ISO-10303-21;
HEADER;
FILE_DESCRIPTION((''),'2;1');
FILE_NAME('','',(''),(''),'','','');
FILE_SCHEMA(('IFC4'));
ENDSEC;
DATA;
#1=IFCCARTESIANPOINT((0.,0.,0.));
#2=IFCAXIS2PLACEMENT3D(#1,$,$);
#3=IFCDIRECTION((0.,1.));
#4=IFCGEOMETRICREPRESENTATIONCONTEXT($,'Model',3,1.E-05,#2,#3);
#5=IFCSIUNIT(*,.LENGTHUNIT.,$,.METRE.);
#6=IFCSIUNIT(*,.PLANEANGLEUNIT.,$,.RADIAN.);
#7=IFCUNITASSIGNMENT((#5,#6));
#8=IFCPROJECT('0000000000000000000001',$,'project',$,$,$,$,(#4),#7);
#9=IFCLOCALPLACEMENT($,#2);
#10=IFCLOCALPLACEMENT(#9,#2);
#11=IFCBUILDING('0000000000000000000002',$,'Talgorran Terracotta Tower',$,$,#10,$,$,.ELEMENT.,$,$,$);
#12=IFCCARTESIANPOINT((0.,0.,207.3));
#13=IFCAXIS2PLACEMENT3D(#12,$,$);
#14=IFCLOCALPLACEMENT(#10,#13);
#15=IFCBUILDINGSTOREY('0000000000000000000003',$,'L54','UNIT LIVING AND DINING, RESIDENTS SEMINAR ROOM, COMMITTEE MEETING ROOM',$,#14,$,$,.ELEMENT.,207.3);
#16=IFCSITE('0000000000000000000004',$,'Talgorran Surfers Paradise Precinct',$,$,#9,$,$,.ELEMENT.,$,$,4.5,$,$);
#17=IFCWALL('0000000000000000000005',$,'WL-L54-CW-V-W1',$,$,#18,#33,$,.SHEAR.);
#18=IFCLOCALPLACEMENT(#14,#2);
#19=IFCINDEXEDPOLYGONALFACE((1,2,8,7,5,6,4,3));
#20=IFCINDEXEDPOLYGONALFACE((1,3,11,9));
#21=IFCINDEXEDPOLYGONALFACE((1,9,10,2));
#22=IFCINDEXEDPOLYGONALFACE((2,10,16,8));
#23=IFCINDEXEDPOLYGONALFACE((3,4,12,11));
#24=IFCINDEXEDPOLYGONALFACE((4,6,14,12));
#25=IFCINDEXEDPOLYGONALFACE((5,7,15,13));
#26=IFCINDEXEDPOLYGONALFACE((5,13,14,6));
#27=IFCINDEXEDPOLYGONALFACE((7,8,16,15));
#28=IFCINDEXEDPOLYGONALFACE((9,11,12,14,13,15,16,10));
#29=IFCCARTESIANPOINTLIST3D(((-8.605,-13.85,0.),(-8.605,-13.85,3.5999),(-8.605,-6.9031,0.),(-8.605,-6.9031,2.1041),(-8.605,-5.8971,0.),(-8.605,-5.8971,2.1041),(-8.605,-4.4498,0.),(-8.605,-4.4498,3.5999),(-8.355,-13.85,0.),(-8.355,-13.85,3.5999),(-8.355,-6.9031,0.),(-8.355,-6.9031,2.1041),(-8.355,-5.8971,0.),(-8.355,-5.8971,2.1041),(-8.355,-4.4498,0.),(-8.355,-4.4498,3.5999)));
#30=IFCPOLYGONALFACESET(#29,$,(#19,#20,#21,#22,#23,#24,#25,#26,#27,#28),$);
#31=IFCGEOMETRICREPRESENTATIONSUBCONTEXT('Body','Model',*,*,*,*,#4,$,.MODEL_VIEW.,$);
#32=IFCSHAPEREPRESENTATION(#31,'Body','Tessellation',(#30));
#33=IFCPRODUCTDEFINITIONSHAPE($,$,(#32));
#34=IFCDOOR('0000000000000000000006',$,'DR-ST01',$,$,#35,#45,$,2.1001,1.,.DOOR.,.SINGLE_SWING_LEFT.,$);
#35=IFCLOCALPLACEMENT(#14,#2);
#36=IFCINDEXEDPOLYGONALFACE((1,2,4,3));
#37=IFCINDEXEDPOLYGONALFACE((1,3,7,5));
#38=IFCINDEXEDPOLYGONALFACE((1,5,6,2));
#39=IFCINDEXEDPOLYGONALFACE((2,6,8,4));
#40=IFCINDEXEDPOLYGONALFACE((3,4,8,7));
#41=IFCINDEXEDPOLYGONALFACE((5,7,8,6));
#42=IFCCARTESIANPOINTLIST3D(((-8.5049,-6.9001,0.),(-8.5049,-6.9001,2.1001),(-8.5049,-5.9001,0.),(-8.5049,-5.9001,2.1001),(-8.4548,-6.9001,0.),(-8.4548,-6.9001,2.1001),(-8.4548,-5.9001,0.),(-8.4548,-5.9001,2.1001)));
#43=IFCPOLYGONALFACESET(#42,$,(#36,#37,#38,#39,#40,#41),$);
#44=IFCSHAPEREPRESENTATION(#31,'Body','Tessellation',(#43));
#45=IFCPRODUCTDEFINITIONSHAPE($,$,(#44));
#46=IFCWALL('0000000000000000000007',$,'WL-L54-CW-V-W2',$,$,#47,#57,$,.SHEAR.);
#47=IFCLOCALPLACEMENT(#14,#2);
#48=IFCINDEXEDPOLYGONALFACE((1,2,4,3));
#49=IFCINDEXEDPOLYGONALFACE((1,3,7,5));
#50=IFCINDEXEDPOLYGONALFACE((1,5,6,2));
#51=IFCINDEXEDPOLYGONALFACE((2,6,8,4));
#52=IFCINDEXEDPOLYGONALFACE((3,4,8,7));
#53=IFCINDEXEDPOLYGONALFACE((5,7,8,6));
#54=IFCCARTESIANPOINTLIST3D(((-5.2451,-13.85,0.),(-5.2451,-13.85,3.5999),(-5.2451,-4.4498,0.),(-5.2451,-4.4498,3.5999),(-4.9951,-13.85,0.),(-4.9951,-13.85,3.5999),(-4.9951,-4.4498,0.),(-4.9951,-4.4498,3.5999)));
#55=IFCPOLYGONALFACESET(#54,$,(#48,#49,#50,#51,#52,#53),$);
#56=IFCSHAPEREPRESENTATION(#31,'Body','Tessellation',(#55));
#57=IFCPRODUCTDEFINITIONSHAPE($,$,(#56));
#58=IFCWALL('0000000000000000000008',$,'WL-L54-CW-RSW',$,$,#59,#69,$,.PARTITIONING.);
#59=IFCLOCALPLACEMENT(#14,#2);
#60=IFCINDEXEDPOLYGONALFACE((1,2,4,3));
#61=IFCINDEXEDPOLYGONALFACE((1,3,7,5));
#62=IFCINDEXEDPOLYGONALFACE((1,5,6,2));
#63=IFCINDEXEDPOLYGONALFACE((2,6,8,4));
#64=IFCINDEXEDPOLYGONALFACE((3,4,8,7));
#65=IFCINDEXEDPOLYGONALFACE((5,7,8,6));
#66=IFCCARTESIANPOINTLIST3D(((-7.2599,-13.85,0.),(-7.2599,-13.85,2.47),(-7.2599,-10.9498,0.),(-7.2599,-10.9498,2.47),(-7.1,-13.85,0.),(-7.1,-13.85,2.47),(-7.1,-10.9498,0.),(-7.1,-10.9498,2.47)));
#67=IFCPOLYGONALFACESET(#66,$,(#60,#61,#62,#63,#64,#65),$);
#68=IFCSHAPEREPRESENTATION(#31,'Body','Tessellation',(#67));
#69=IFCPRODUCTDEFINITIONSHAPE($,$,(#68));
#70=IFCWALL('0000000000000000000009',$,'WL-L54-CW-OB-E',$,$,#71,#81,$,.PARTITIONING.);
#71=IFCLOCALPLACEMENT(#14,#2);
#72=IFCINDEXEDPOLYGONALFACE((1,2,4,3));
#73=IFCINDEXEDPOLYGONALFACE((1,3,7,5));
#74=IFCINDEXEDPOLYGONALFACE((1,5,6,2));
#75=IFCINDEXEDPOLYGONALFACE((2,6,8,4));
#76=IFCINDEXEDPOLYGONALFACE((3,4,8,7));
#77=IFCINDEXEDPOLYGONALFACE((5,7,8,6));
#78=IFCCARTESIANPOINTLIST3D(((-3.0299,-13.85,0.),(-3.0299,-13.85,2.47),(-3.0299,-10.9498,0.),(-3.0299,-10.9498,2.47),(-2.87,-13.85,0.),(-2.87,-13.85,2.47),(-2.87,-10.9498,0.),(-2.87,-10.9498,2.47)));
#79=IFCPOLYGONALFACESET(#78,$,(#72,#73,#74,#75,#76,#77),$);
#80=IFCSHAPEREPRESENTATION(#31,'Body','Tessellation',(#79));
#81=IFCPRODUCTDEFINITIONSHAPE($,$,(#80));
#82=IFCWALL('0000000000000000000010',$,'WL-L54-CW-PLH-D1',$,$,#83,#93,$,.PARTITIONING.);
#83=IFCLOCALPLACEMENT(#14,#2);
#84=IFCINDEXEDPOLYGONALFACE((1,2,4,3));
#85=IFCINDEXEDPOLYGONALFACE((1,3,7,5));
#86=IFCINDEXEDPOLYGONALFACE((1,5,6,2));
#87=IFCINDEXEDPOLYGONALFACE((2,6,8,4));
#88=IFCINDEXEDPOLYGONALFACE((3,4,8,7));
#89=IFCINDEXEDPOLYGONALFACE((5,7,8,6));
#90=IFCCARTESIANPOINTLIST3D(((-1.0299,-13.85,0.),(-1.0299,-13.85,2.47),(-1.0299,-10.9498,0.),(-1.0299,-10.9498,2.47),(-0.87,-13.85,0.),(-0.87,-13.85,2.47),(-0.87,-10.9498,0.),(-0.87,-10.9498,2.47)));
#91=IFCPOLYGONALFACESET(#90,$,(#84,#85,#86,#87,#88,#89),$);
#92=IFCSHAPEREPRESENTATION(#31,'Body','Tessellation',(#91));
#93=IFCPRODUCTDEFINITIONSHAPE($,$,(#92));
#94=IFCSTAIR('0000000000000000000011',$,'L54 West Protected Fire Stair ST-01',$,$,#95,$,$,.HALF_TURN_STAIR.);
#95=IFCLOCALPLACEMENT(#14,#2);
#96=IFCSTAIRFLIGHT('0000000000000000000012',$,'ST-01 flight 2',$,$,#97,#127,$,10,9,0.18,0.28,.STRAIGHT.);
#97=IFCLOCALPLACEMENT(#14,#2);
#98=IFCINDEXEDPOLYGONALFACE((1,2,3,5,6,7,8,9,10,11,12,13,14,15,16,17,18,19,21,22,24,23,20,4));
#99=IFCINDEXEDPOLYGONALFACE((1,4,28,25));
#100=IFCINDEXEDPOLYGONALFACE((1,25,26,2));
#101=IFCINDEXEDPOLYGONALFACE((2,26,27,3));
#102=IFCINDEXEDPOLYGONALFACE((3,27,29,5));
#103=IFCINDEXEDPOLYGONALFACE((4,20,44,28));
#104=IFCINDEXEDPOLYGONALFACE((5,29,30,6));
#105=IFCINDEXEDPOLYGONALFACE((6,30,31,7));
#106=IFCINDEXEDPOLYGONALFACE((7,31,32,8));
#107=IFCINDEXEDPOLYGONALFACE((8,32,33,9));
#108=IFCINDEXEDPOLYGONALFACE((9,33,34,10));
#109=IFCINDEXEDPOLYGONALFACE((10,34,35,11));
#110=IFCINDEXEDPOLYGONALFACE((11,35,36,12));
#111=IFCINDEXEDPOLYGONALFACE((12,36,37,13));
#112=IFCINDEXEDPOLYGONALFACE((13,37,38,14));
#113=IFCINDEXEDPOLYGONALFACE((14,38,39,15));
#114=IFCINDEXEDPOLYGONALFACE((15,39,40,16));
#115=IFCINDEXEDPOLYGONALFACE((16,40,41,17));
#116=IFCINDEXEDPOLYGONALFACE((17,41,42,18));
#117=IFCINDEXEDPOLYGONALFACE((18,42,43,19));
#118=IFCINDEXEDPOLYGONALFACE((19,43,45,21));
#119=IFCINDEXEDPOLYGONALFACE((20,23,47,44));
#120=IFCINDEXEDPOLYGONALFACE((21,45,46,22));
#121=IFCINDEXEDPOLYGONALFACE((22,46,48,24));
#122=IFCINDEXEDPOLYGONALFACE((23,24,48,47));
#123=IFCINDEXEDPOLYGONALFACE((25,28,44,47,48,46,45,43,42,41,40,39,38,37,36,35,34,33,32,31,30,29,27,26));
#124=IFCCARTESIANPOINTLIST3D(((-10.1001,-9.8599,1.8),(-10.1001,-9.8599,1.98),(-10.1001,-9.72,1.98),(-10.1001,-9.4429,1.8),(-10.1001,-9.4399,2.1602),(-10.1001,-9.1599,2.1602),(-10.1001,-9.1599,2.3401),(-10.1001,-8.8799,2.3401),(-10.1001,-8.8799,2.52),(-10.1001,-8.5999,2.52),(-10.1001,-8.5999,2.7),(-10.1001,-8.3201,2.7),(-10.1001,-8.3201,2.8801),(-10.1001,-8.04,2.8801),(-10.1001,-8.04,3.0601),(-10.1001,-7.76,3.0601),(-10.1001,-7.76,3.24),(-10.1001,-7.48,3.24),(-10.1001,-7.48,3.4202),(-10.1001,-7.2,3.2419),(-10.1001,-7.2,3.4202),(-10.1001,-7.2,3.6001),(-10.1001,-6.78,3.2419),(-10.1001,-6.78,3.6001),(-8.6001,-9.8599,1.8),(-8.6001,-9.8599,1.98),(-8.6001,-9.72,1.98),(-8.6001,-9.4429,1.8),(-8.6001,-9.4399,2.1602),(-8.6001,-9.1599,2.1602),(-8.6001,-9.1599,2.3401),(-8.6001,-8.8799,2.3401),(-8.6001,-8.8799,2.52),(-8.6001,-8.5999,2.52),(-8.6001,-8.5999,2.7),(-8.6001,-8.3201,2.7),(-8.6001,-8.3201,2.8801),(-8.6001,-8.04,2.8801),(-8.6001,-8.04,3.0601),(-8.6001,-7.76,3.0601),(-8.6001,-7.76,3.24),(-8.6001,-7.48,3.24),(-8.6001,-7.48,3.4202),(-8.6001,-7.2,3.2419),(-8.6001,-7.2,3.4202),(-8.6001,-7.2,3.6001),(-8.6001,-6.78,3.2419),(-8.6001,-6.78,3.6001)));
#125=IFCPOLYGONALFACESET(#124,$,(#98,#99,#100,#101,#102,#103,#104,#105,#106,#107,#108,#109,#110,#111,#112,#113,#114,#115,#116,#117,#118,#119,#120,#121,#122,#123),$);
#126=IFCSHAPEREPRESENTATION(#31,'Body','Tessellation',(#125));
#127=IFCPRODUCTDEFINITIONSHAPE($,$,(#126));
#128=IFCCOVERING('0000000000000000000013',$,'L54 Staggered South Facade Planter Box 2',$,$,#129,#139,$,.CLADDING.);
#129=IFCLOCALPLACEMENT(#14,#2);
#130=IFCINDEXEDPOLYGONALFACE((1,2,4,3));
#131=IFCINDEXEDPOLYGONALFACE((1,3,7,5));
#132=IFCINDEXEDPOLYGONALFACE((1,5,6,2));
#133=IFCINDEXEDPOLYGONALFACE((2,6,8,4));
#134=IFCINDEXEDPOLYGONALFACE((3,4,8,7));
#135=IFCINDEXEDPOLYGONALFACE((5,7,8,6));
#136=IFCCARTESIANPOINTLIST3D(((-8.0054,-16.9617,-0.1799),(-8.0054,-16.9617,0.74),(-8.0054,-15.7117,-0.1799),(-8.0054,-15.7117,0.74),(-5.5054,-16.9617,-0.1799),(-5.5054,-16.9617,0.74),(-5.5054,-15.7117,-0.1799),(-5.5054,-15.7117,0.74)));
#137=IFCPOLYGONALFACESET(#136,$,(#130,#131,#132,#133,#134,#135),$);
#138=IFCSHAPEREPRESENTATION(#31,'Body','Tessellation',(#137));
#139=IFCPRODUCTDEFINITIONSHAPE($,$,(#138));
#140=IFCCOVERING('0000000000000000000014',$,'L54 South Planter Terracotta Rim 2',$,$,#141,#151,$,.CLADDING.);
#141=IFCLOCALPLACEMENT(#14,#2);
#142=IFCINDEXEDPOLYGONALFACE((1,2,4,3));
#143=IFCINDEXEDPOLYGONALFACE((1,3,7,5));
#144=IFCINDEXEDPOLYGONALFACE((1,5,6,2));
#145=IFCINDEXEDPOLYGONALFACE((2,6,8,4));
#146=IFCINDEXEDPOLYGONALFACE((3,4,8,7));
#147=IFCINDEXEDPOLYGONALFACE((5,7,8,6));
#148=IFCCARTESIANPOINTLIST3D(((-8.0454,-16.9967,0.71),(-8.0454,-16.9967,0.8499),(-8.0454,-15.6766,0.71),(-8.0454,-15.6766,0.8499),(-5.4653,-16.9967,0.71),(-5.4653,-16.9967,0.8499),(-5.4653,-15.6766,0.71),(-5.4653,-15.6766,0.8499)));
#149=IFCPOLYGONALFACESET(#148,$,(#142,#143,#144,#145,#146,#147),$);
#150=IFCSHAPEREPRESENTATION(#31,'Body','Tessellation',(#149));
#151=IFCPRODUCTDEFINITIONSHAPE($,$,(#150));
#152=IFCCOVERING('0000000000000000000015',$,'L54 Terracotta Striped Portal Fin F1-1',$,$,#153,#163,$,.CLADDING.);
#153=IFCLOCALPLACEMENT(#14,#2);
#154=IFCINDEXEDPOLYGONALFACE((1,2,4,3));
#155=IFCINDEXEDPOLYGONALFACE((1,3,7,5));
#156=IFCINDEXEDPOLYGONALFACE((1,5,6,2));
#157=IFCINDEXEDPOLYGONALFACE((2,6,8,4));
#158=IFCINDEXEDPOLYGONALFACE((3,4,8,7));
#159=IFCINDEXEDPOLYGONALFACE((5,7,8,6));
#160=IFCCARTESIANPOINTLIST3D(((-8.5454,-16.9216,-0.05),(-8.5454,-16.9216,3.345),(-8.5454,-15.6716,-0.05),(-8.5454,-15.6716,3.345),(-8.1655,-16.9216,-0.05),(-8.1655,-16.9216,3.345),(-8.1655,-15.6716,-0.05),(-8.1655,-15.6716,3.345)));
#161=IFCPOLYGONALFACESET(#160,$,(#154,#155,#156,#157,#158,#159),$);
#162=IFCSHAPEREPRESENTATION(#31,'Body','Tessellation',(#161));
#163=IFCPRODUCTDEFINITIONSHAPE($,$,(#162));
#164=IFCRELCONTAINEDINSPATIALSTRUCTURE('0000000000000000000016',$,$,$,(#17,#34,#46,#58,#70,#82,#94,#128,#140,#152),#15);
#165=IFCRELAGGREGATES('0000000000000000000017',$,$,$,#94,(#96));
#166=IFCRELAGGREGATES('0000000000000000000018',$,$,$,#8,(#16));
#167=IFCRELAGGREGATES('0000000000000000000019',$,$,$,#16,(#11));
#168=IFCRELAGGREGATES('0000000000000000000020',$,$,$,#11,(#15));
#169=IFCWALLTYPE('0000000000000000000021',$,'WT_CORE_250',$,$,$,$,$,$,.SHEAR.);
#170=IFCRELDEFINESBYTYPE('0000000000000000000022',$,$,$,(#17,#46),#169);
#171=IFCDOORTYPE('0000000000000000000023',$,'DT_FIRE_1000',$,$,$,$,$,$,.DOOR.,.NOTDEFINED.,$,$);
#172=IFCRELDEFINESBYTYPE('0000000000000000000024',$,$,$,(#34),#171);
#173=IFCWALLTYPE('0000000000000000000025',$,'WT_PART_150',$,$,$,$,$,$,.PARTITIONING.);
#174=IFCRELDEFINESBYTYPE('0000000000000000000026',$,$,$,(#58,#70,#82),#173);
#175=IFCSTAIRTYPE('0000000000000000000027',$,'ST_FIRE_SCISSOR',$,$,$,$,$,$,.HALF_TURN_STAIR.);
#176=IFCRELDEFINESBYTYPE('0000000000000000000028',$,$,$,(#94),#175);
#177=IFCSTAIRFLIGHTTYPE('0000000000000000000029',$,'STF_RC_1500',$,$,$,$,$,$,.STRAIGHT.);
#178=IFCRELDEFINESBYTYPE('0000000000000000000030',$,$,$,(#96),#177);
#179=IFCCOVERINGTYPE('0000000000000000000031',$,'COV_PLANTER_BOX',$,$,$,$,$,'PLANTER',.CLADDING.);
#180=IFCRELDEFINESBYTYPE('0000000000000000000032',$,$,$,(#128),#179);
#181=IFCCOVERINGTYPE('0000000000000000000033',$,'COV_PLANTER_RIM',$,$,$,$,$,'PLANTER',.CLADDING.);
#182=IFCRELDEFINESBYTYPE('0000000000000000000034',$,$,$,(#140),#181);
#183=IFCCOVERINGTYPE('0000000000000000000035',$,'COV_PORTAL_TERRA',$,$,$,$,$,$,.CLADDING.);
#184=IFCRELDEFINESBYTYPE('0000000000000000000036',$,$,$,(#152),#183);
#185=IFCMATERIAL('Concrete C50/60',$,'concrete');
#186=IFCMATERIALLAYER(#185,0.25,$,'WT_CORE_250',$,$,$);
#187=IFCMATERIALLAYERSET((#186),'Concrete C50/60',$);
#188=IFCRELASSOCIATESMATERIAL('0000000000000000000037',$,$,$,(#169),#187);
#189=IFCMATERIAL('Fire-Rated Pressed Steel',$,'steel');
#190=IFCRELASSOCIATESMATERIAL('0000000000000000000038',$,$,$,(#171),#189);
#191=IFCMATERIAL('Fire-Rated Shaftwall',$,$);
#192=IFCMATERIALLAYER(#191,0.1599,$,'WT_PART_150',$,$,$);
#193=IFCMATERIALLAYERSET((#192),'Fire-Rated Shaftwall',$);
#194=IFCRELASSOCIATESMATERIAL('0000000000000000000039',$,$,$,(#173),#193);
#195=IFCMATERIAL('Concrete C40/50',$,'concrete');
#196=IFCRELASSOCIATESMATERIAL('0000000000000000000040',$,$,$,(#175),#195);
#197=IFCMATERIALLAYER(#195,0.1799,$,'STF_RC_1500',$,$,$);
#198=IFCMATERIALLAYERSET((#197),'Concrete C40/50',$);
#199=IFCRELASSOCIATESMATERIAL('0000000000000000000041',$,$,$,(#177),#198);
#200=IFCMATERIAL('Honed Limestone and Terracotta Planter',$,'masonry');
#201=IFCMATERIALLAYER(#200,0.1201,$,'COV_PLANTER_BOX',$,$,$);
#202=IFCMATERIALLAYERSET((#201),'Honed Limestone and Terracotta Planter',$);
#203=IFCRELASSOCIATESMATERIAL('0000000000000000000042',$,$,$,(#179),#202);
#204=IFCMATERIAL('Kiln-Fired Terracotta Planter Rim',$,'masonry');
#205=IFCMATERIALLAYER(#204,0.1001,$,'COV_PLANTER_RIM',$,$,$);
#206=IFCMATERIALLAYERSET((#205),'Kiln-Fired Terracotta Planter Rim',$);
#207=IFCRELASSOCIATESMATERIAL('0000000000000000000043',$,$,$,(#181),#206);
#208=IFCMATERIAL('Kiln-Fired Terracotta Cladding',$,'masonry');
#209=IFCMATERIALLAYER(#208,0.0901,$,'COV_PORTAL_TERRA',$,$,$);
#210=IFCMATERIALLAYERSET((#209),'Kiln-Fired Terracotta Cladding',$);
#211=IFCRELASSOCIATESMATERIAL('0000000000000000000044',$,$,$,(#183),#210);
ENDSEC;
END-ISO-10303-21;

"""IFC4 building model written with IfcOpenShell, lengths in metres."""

from ifc_helpers import new_model, si_unit, direction, frame, frame_2d, origin, origin_2d, place, context, subcontext, project, spatial, polyline, rectangle, outline, extrude, material, layer, layer_set, type_object, element, fill, aggregate, save


model = new_model("IFC4")

# Units and contexts
model_context = context("Model", 3, precision=1e-05, world=origin(), true_north=direction((0.0, 1.0)))
body_context = subcontext(model_context, "Body", "Model", "MODEL_VIEW")
ifc_project = project(units=[si_unit("LENGTHUNIT", "METRE"), si_unit("PLANEANGLEUNIT", "RADIAN")], contexts=[model_context])

# Site, building, storey
site_placement = place(None, origin())
site = spatial("IfcSite", under=ifc_project, at=site_placement, Name="Talgorran Surfers Paradise Precinct", CompositionType="ELEMENT", RefElevation=4.5)
building_placement = place(site_placement, origin())
building = spatial("IfcBuilding", under=site, at=building_placement, Name="Talgorran Terracotta Tower", CompositionType="ELEMENT")
storey_placement = place(building_placement, frame((0.0, 0.0, 207.3)))
storey = spatial("IfcBuildingStorey", under=building, at=storey_placement, Name="L54", Description="UNIT LIVING AND DINING, RESIDENTS SEMINAR ROOM, COMMITTEE MEETING ROOM", CompositionType="ELEMENT", Elevation=207.3)

# Shared definitions
ifc_material_1 = material(Name="Concrete C50/60", Category="concrete")

# Shared definitions
ifc_material_2 = material(Name="Fire-Rated Pressed Steel", Category="steel")

# Wall, opening, door
ifc_layer_1 = layer(ifc_material_1, 0.25, Name="WT_CORE_250")
ifc_layer_set_1 = layer_set([ifc_layer_1], Name="Concrete C50/60")
wall_type_1 = type_object("IfcWallType", Name="WT_CORE_250", PredefinedType="SHEAR", material=ifc_layer_set_1)
wall_1_placement = place(storey_placement, frame((-8.48, -13.8501, 0.0), z_axis=(0.0, 0.0, 1.0), x_axis=(0.0, 1.0, 0.0)))
wall_1 = element("IfcWall", 1, at=wall_1_placement, inside=storey, type_object=wall_type_1, Name="WL-L54-CW-V-W1", PredefinedType="SHEAR", context=body_context, shape_type="SweptSolid", body=[
    extrude(rectangle(XDim=9.4001, YDim=0.25, at=frame_2d((4.7002, 0.0))), origin(), (0.0, 0.0, 1.0), 3.5999),
])
opening_1_placement = place(wall_1_placement, frame((6.95, 0.0, 0.0)))
opening_1 = element("IfcOpeningElement", 2, at=opening_1_placement, cuts=wall_1, PredefinedType="OPENING", context=body_context, shape_type="SweptSolid", body=[
    extrude(rectangle(XDim=1.006, YDim=2.1041, at=frame_2d((0.5, 1.052))), frame((0.0, 0.135, 0.0), z_axis=(0.0, -1.0, 0.0), x_axis=(1.0, 0.0, 0.0)), (0.0, 0.0, 1.0), 0.27),
])
door_type_1 = type_object("IfcDoorType", Name="DT_FIRE_1000", OperationType="NOTDEFINED", PredefinedType="DOOR", material=ifc_material_2)
door_1_placement = place(opening_1_placement, origin())
door_1 = element("IfcDoor", 3, at=door_1_placement, inside=storey, type_object=door_type_1, Name="DR-ST01", OperationType="SINGLE_SWING_LEFT", OverallHeight=2.1001, OverallWidth=1.0, PredefinedType="DOOR", context=body_context, shape_type="SweptSolid", body=[
    extrude(rectangle(XDim=1.0, YDim=2.1001, at=frame_2d((0.5, 1.05))), frame((0.0, 0.0249, 0.0), z_axis=(0.0, -1.0, 0.0), x_axis=(1.0, 0.0, 0.0)), (0.0, 0.0, 1.0), 0.05),
])
fill(opening_1, door_1)

# Walls
wall_2_placement = place(storey_placement, frame((-5.1201, -13.8501, 0.0), z_axis=(0.0, 0.0, 1.0), x_axis=(0.0, 1.0, 0.0)))
element("IfcWall", 4, at=wall_2_placement, inside=storey, type_object=wall_type_1, Name="WL-L54-CW-V-W2", PredefinedType="SHEAR", context=body_context, shape_type="SweptSolid", body=[
    extrude(rectangle(XDim=9.4001, YDim=0.25, at=frame_2d((4.7002, 0.0))), origin(), (0.0, 0.0, 1.0), 3.5999),
])
ifc_material_3 = material(Name="Fire-Rated Shaftwall")
ifc_layer_2 = layer(ifc_material_3, 0.1599, Name="WT_PART_150")
ifc_layer_set_2 = layer_set([ifc_layer_2], Name="Fire-Rated Shaftwall")
wall_type_2 = type_object("IfcWallType", Name="WT_PART_150", PredefinedType="PARTITIONING", material=ifc_layer_set_2)
for number, where, z_axis, x_axis, name in (
    (5, (-7.1799, -13.8501, 0.0), (0.0, 0.0, 1.0), (0.0, 1.0, 0.0), "WL-L54-CW-RSW"),
    (6, (-2.95, -13.8501, 0.0), (0.0, 0.0, 1.0), (0.0, 1.0, 0.0), "WL-L54-CW-OB-E"),
    (7, (-0.95, -13.8501, 0.0), (0.0, 0.0, 1.0), (0.0, 1.0, 0.0), "WL-L54-CW-PLH-D1"),
):
    element("IfcWall", number, at=place(storey_placement, frame(where, z_axis=z_axis, x_axis=x_axis)), inside=storey, type_object=wall_type_2, Name=name, PredefinedType="PARTITIONING", context=body_context, shape_type="SweptSolid", body=[
        extrude(rectangle(XDim=2.9001, YDim=0.1599, at=frame_2d((1.4502, 0.0))), origin(), (0.0, 0.0, 1.0), 2.47),
    ])

# Stair, stair flight
ifc_material_4 = material(Name="Concrete C40/50", Category="concrete")
stair_type = type_object("IfcStairType", Name="ST_FIRE_SCISSOR", PredefinedType="HALF_TURN_STAIR", material=ifc_material_4)
stair_placement = place(storey_placement, origin())
stair = element("IfcStair", 8, at=stair_placement, inside=storey, type_object=stair_type, Name="L54 West Protected Fire Stair ST-01", PredefinedType="HALF_TURN_STAIR")
ifc_layer_3 = layer(ifc_material_4, 0.1799, Name="STF_RC_1500")
ifc_layer_set_3 = layer_set([ifc_layer_3], Name="Concrete C40/50")
stair_flight_type = type_object("IfcStairFlightType", Name="STF_RC_1500", PredefinedType="STRAIGHT", material=ifc_layer_set_3)
stair_flight_placement = place(storey_placement, frame((-9.3501, -9.72, 1.8), z_axis=(0.0, 0.0, 1.0), x_axis=(0.0, 1.0, 0.0)))
stair_flight = element("IfcStairFlight", 9, at=stair_flight_placement, type_object=stair_flight_type, Name="ST-01 flight 2", NumberOfRisers=10, NumberOfTreads=9, PredefinedType="STRAIGHT", RiserHeight=0.18, TreadLength=0.28, context=body_context, shape_type="SweptSolid", body=[
    extrude(outline(polyline([(-0.1399, 0.0), (-0.1399, 0.1799), (0.0, 0.1799), (0.28, 0.3601), (0.5601, 0.3601), (0.5601, 0.54), (0.8401, 0.54), (0.8401, 0.72), (1.1201, 0.72), (1.1201, 0.8999), (1.3999, 0.8999), (1.3999, 1.0801), (1.6799, 1.0801), (1.6799, 1.26), (1.96, 1.26), (1.96, 1.4399), (2.24, 1.4399), (2.24, 1.6201), (2.52, 1.6201), (2.52, 1.8), (2.9399, 1.8), (2.9399, 1.4419), (2.52, 1.4419), (0.2771, 0.0), (-0.1399, 0.0)])), frame((0.0, 0.75, 0.0), z_axis=(0.0, -1.0, 0.0), x_axis=(1.0, 0.0, 0.0)), (0.0, 0.0, 1.0), 1.5),
])
aggregate(stair, [stair_flight])

# Coverings
ifc_material_5 = material(Name="Honed Limestone and Terracotta Planter", Category="masonry")
ifc_layer_4 = layer(ifc_material_5, 0.1201, Name="COV_PLANTER_BOX")
ifc_layer_set_4 = layer_set([ifc_layer_4], Name="Honed Limestone and Terracotta Planter")
covering_type_1 = type_object("IfcCoveringType", Name="COV_PLANTER_BOX", ElementType="PLANTER", PredefinedType="CLADDING", material=ifc_layer_set_4)
covering_1_placement = place(storey_placement, frame((-6.7554, -16.3367, -0.1799), z_axis=(0.0, 0.0, 1.0), x_axis=(1.0, 0.0, 0.0)))
element("IfcCovering", 10, at=covering_1_placement, inside=storey, type_object=covering_type_1, Name="L54 Staggered South Facade Planter Box 2", PredefinedType="CLADDING", context=body_context, shape_type="SweptSolid", body=[
    extrude(rectangle(XDim=2.5, YDim=1.25, at=origin_2d()), origin(), (0.0, 0.0, 1.0), 0.9199),
])
ifc_material_6 = material(Name="Kiln-Fired Terracotta Planter Rim", Category="masonry")
ifc_layer_5 = layer(ifc_material_6, 0.1001, Name="COV_PLANTER_RIM")
ifc_layer_set_5 = layer_set([ifc_layer_5], Name="Kiln-Fired Terracotta Planter Rim")
covering_type_2 = type_object("IfcCoveringType", Name="COV_PLANTER_RIM", ElementType="PLANTER", PredefinedType="CLADDING", material=ifc_layer_set_5)
covering_2_placement = place(storey_placement, frame((-6.7554, -16.3367, 0.71), z_axis=(0.0, 0.0, 1.0), x_axis=(1.0, 0.0, 0.0)))
element("IfcCovering", 11, at=covering_2_placement, inside=storey, type_object=covering_type_2, Name="L54 South Planter Terracotta Rim 2", PredefinedType="CLADDING", context=body_context, shape_type="SweptSolid", body=[
    extrude(rectangle(XDim=2.5801, YDim=1.3201, at=origin_2d()), origin(), (0.0, 0.0, 1.0), 0.1399),
])
ifc_material_7 = material(Name="Kiln-Fired Terracotta Cladding", Category="masonry")
ifc_layer_6 = layer(ifc_material_7, 0.0901, Name="COV_PORTAL_TERRA")
ifc_layer_set_6 = layer_set([ifc_layer_6], Name="Kiln-Fired Terracotta Cladding")
covering_type_3 = type_object("IfcCoveringType", Name="COV_PORTAL_TERRA", PredefinedType="CLADDING", material=ifc_layer_set_6)
covering_3_placement = place(storey_placement, frame((-8.3555, -16.2966, -0.05), z_axis=(0.0, 0.0, 1.0), x_axis=(1.0, 0.0, 0.0)))
element("IfcCovering", 12, at=covering_3_placement, inside=storey, type_object=covering_type_3, Name="L54 Terracotta Striped Portal Fin F1-1", PredefinedType="CLADDING", context=body_context, shape_type="SweptSolid", body=[
    extrude(rectangle(XDim=0.3799, YDim=1.25, at=origin_2d()), origin(), (0.0, 0.0, 1.0), 3.395),
])

save(model, "model.ifc")
